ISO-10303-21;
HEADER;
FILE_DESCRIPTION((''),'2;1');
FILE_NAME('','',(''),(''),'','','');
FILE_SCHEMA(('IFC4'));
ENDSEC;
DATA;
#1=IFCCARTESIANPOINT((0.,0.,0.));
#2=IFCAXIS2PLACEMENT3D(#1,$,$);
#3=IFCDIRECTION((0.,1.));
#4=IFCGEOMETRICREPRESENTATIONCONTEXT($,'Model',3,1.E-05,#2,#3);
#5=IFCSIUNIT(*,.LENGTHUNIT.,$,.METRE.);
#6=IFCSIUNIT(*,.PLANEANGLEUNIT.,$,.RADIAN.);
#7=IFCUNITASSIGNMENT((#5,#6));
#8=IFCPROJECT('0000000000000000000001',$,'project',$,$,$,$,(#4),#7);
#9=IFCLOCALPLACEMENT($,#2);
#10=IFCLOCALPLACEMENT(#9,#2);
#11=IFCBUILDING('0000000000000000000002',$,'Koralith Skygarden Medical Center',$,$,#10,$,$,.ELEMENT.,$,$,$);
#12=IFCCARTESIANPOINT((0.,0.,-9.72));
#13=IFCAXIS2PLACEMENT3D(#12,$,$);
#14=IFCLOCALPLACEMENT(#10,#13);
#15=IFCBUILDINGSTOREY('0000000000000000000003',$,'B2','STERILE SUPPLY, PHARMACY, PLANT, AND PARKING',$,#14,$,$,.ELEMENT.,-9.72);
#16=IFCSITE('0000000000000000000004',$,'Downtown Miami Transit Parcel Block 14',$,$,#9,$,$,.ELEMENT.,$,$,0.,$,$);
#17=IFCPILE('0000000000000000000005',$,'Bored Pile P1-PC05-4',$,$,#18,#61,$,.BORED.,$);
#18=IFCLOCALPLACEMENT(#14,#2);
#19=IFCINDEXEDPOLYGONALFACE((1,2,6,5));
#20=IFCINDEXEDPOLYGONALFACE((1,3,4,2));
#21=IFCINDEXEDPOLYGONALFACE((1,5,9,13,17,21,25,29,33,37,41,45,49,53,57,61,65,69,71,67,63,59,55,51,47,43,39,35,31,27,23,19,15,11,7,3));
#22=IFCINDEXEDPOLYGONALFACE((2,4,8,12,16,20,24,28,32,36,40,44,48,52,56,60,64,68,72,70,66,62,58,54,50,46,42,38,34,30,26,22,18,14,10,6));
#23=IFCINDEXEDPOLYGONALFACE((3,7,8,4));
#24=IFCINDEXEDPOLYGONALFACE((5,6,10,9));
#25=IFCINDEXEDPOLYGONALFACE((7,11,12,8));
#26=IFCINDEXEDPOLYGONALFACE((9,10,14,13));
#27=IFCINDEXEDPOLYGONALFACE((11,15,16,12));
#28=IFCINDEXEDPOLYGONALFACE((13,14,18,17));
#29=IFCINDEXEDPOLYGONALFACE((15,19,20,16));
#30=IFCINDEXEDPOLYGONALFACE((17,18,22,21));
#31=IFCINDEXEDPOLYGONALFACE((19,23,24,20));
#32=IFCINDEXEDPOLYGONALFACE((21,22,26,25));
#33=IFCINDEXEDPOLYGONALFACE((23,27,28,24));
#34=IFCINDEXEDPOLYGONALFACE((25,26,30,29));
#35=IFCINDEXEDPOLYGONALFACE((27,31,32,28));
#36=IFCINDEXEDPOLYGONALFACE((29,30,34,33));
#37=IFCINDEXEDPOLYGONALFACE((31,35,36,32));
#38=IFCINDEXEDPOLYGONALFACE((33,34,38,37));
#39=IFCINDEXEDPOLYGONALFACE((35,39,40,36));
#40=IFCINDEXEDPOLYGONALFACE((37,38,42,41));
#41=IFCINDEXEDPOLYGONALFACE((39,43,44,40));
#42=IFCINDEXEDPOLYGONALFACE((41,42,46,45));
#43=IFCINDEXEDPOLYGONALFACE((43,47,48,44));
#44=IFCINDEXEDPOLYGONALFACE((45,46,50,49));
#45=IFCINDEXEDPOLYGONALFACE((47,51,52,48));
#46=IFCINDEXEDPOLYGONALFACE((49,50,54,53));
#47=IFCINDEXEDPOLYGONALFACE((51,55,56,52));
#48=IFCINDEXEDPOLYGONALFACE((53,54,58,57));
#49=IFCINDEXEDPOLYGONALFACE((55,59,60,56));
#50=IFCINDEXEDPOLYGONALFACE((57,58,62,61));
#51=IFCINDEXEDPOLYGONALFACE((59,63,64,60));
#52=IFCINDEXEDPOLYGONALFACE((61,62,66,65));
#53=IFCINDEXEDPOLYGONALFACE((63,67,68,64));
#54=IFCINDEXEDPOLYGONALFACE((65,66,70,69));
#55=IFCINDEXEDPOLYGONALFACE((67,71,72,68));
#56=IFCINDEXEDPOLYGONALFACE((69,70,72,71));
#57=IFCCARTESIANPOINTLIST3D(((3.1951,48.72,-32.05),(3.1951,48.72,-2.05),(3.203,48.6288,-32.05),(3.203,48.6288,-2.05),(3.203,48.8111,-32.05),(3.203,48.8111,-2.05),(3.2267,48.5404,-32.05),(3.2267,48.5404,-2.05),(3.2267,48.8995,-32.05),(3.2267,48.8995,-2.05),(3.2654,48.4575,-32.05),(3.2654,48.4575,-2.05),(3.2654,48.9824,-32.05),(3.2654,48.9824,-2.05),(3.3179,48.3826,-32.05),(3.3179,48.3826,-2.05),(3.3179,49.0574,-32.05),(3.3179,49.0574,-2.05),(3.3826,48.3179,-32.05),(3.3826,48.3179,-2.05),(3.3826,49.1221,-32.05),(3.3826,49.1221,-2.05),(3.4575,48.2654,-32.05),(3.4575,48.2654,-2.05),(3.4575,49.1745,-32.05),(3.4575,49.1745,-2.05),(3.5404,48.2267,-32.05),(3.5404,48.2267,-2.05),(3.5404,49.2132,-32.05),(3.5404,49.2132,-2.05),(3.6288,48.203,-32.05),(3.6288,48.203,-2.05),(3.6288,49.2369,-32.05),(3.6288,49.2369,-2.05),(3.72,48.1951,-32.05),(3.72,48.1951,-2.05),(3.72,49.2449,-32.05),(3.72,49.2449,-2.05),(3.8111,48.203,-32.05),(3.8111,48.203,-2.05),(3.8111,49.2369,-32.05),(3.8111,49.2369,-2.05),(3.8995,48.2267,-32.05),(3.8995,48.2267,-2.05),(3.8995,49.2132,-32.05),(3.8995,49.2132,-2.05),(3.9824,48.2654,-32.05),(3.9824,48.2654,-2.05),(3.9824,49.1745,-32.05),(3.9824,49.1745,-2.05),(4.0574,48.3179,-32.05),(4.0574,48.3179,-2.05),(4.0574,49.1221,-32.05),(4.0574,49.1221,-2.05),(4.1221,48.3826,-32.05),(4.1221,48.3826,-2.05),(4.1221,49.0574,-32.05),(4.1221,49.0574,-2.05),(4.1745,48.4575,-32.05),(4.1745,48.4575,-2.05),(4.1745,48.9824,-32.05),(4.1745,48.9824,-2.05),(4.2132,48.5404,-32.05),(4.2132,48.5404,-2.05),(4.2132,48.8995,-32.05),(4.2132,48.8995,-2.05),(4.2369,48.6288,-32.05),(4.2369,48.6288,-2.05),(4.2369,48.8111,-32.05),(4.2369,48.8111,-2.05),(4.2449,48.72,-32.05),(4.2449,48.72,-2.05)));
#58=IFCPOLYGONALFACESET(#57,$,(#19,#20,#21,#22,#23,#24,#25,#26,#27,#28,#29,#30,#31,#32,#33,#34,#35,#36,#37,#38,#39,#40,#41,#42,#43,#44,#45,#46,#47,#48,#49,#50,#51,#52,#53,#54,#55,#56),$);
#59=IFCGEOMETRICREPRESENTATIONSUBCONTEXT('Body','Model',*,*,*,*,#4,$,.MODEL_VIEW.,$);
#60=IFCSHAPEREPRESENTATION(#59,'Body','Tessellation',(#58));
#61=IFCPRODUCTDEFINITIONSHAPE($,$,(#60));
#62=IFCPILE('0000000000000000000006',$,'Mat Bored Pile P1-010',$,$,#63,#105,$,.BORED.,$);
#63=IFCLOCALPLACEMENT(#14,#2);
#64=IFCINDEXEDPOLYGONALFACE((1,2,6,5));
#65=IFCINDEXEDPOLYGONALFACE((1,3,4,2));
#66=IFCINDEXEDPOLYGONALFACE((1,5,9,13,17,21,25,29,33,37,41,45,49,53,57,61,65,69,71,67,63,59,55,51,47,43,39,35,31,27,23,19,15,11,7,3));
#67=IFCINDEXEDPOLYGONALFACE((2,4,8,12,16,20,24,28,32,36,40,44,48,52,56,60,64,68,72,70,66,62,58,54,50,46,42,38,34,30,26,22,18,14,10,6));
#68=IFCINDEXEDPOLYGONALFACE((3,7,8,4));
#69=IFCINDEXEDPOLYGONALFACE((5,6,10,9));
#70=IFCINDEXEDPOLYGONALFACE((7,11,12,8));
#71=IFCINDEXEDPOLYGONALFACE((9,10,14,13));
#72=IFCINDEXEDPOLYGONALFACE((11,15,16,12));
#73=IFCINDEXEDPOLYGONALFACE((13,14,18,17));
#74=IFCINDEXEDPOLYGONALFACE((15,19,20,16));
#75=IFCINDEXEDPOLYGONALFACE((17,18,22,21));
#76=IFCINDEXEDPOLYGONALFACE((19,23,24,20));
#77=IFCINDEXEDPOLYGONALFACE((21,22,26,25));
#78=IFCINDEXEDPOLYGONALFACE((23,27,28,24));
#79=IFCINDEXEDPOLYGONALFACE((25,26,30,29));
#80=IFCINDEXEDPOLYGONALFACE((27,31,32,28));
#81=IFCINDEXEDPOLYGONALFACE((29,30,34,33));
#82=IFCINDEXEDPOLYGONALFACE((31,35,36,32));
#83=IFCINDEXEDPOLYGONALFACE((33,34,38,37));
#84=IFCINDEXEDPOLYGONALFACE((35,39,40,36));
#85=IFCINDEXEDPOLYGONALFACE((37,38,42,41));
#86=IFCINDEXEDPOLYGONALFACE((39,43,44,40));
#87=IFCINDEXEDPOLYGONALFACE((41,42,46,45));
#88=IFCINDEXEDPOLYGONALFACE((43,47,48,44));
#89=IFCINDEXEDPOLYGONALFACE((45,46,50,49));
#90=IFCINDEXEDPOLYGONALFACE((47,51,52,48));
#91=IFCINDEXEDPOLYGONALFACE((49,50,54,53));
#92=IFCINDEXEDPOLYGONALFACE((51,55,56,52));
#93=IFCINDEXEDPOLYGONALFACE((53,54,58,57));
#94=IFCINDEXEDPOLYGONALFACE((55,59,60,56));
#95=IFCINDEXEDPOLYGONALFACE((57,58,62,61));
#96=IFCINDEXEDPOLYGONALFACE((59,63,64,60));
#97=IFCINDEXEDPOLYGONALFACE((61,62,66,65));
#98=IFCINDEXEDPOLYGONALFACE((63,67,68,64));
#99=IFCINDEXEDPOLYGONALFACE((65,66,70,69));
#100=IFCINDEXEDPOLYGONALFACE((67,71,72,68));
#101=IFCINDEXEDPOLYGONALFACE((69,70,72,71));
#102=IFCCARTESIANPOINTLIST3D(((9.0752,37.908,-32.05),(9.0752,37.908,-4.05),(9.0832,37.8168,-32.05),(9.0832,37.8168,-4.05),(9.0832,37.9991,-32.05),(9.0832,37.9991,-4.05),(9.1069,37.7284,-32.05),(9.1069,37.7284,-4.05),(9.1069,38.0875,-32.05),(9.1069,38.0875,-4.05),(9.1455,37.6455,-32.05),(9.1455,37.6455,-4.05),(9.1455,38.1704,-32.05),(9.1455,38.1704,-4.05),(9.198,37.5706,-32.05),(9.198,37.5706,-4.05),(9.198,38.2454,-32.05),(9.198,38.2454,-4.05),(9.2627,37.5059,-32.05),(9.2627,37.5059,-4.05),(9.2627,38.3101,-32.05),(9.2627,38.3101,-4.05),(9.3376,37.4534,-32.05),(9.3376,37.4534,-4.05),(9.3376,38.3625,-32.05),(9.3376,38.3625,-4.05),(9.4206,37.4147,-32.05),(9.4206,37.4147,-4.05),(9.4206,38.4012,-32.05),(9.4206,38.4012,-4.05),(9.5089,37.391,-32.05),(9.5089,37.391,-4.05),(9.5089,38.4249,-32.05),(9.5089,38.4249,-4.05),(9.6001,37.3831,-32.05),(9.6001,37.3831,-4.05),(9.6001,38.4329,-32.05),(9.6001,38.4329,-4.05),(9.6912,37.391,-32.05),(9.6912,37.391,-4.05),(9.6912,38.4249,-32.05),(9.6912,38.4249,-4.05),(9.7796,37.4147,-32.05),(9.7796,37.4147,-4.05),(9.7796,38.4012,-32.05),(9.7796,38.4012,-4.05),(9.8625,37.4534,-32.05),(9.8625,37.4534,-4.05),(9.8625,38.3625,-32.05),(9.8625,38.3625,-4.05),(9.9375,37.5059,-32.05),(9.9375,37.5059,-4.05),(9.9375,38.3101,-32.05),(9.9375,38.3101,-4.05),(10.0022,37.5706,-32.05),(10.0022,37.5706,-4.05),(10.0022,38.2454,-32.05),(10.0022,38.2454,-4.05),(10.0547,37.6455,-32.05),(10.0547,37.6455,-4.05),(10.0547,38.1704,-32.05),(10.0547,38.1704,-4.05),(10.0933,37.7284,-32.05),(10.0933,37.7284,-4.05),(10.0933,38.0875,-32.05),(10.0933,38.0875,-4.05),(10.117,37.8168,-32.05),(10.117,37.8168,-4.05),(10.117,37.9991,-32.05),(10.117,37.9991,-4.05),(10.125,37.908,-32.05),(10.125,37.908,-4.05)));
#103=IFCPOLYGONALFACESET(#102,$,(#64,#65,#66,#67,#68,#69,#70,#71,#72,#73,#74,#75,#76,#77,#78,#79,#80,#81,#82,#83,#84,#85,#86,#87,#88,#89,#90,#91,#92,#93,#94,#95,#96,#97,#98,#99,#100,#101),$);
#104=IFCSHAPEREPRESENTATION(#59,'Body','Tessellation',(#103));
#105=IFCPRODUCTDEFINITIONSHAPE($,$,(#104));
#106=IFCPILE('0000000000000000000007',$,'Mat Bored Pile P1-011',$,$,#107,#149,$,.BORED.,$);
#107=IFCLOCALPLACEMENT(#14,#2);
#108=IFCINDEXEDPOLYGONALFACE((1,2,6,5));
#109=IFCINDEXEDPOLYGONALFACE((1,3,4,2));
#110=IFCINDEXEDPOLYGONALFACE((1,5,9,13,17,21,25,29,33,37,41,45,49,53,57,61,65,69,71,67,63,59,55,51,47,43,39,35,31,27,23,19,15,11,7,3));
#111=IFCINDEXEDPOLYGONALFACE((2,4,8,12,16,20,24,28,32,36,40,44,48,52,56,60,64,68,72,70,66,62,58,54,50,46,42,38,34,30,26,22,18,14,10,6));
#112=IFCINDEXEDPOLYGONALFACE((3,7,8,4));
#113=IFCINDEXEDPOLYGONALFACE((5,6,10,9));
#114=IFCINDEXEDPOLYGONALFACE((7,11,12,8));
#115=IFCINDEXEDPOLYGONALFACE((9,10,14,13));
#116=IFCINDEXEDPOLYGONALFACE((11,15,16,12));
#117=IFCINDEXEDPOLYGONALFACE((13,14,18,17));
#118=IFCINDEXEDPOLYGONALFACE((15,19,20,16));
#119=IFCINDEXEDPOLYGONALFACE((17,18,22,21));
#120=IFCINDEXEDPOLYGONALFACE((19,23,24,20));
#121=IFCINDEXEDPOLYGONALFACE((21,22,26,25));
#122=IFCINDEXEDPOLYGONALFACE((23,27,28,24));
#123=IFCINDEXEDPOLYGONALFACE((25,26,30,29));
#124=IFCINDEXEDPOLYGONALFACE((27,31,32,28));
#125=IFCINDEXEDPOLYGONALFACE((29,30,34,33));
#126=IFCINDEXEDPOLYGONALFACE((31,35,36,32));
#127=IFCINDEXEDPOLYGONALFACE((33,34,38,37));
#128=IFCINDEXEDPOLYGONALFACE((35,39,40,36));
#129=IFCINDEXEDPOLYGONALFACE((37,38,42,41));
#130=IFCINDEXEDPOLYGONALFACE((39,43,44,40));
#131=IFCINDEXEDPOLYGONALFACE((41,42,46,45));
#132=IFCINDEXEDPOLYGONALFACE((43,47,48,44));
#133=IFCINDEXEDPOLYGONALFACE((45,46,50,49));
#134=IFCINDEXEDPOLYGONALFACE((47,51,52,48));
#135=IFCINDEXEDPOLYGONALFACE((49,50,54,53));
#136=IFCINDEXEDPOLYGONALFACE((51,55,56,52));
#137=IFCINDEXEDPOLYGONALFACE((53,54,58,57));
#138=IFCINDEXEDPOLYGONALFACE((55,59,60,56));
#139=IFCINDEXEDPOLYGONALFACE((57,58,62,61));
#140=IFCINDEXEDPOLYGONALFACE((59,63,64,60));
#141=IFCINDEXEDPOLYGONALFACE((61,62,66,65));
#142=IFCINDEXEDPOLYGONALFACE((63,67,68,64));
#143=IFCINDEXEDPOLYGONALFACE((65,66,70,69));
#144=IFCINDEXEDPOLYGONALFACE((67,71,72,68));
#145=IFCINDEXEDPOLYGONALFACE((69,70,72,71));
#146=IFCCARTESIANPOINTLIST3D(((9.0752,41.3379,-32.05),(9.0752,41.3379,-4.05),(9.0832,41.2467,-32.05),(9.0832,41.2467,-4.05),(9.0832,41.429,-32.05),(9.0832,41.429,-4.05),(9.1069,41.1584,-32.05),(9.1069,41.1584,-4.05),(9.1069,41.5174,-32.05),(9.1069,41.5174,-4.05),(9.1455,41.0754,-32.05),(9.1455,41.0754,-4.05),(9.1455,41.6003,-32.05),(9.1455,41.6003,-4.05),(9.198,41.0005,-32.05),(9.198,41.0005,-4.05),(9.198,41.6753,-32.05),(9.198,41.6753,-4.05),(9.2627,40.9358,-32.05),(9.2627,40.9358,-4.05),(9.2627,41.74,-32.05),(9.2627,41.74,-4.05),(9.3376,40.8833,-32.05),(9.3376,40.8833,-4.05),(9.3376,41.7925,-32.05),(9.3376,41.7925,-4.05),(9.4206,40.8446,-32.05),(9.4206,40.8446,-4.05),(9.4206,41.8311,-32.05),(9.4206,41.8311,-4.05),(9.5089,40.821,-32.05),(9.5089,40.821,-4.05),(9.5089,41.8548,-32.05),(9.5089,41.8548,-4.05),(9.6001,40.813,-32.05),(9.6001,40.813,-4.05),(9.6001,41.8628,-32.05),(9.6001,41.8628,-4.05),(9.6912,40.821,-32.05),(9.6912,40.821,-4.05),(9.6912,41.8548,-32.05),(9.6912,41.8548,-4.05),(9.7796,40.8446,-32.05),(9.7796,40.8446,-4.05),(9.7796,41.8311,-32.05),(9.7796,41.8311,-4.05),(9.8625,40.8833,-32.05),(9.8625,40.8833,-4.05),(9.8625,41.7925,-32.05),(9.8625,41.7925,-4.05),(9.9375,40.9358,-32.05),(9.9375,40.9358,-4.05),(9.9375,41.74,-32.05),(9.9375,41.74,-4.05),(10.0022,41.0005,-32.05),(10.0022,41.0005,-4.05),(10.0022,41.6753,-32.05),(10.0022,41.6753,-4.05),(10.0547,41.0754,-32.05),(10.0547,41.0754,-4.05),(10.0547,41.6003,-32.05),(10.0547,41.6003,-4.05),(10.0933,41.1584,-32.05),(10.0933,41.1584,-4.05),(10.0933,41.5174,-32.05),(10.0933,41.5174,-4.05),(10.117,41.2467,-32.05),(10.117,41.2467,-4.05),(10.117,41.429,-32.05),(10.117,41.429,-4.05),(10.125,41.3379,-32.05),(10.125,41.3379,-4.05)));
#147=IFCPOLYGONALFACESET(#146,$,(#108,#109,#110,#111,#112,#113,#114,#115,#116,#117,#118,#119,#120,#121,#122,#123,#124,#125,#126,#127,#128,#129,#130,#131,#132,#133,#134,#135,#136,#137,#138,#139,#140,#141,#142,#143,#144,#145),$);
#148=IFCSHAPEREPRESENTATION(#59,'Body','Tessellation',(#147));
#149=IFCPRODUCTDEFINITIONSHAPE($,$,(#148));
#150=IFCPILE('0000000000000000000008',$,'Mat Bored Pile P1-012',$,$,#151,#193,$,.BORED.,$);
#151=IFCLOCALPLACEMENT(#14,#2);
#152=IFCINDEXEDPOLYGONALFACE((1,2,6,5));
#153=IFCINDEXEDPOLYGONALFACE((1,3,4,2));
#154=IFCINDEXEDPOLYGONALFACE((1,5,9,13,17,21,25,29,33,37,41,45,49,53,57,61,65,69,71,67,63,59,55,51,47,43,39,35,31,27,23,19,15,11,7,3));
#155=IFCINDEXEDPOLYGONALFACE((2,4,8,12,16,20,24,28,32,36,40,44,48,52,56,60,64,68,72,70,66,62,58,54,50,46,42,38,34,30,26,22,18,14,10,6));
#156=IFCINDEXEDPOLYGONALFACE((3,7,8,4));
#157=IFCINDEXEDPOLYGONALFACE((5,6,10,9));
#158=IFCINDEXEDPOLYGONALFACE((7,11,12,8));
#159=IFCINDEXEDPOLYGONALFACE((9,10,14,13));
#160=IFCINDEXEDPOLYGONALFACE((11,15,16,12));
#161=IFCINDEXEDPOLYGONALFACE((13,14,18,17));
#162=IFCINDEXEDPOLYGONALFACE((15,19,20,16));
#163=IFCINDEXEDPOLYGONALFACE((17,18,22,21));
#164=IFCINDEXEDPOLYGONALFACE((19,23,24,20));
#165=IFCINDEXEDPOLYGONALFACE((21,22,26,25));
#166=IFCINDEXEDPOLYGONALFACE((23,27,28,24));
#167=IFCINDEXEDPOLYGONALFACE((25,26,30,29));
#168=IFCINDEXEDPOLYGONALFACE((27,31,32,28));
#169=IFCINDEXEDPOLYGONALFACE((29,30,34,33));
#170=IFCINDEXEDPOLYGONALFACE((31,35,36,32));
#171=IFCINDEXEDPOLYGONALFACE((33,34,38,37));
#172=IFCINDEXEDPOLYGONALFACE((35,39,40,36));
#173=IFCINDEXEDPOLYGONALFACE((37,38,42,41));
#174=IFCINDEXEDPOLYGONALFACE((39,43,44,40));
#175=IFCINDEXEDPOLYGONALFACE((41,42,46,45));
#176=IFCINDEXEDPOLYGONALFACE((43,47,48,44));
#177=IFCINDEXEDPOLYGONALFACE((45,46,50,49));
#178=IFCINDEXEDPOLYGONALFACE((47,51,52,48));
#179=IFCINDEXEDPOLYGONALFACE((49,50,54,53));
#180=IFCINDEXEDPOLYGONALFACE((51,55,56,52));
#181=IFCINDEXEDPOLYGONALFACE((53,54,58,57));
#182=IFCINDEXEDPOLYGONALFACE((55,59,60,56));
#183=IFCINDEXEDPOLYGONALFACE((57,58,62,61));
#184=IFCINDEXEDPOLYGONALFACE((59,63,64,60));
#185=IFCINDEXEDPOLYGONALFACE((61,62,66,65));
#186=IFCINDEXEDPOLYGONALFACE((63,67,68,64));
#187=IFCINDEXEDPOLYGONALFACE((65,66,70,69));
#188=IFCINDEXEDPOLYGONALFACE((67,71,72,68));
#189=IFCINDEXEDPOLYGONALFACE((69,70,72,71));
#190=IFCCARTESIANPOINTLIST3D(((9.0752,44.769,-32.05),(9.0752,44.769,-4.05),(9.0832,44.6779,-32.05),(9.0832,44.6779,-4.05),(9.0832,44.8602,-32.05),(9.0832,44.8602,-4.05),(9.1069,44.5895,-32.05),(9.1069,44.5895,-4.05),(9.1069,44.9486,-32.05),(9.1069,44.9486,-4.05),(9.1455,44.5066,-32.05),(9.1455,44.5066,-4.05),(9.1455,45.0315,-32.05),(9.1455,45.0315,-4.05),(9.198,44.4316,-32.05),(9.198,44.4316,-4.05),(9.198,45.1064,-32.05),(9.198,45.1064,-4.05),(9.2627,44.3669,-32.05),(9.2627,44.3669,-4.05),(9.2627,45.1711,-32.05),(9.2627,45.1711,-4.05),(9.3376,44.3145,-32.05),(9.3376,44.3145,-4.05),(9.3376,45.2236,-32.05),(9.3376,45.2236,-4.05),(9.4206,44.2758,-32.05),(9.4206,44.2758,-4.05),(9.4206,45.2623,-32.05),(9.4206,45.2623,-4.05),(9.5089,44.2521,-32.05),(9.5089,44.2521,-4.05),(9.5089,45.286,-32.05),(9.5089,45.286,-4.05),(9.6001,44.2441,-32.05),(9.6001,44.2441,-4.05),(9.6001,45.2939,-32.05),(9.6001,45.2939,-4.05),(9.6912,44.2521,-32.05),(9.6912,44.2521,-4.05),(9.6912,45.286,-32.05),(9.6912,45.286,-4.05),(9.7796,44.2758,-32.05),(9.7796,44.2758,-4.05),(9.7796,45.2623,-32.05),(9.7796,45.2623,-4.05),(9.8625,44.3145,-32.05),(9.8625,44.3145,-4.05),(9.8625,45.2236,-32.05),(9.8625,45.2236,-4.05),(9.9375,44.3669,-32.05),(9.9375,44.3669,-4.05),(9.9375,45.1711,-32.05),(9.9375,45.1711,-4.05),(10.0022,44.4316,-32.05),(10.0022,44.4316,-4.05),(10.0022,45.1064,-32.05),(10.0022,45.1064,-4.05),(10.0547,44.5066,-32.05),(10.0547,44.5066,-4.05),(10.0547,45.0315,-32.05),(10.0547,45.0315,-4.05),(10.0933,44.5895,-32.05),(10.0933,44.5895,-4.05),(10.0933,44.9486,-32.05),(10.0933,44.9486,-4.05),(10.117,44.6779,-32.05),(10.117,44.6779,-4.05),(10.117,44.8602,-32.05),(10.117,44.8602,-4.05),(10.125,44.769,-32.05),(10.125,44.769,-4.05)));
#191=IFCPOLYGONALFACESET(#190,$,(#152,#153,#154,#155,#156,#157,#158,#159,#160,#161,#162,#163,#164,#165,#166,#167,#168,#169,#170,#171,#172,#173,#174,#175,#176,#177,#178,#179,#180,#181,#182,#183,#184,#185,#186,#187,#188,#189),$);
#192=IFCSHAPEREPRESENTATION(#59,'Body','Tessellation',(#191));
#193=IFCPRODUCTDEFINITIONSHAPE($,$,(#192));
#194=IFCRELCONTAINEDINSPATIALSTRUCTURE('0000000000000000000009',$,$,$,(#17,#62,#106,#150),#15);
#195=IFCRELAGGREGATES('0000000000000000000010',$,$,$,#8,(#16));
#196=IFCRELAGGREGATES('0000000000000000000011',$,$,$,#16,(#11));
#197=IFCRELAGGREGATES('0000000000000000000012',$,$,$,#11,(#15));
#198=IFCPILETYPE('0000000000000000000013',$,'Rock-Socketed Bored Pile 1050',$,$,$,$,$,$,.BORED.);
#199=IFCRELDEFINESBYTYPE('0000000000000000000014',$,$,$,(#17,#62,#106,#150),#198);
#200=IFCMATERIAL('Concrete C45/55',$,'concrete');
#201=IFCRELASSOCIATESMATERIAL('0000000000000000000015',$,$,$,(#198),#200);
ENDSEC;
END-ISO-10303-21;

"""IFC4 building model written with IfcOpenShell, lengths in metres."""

from ifc_helpers import new_model, si_unit, direction, frame, origin, origin_2d, place, context, subcontext, project, spatial, circle, extrude, material, material_profile, profile_set, type_object, element, save


model = new_model("IFC4")

# Units and contexts
model_context = context("Model", 3, precision=1e-05, world=origin(), true_north=direction((0.0, 1.0)))
body_context = subcontext(model_context, "Body", "Model", "MODEL_VIEW")
ifc_project = project(units=[si_unit("LENGTHUNIT", "METRE"), si_unit("PLANEANGLEUNIT", "RADIAN")], contexts=[model_context])

# Site, building, storey
site_placement = place(None, origin())
site = spatial("IfcSite", under=ifc_project, at=site_placement, Name="Downtown Miami Transit Parcel Block 14", CompositionType="ELEMENT", RefElevation=0.0)
building_placement = place(site_placement, origin())
building = spatial("IfcBuilding", under=site, at=building_placement, Name="Koralith Skygarden Medical Center", CompositionType="ELEMENT")
storey_placement = place(building_placement, frame((0.0, 0.0, -9.72)))
storey = spatial("IfcBuildingStorey", under=building, at=storey_placement, Name="B2", Description="STERILE SUPPLY, PHARMACY, PLANT, AND PARKING", CompositionType="ELEMENT", Elevation=-9.72)

# Piles
ifc_material_1 = material(Name="Concrete C45/55", Category="concrete")
ifc_material_profile_1 = material_profile(ifc_material_1, circle(Radius=0.5249, at=origin_2d()), Name="PILE1050")
ifc_profile_set_1 = profile_set([ifc_material_profile_1], Name="Concrete C45/55")
pile_type = type_object("IfcPileType", Name="Rock-Socketed Bored Pile 1050", PredefinedType="BORED", material=ifc_profile_set_1)
for number, where, z_axis, x_axis, name in (
    (1, (3.72, 48.72, -2.05), (0.0, 0.0, -1.0), (1.0, 0.0, 0.0), "Bored Pile P1-PC05-4"),
):
    element("IfcPile", number, at=place(storey_placement, frame(where, z_axis=z_axis, x_axis=x_axis)), inside=storey, type_object=pile_type, Name=name, PredefinedType="BORED", context=body_context, shape_type="SweptSolid", body=[
        extrude(circle(Radius=0.5249, at=origin_2d()), origin(), (0.0, 0.0, 1.0), 30.0),
    ])
for number, where, z_axis, x_axis, name in (
    (2, (9.6001, 37.908, -4.05), (0.0, 0.0, -1.0), (1.0, 0.0, 0.0), "Mat Bored Pile P1-010"),
    (3, (9.6001, 41.3379, -4.05), (0.0, 0.0, -1.0), (1.0, 0.0, 0.0), "Mat Bored Pile P1-011"),
    (4, (9.6001, 44.769, -4.05), (0.0, 0.0, -1.0), (1.0, 0.0, 0.0), "Mat Bored Pile P1-012"),
):
    element("IfcPile", number, at=place(storey_placement, frame(where, z_axis=z_axis, x_axis=x_axis)), inside=storey, type_object=pile_type, Name=name, PredefinedType="BORED", context=body_context, shape_type="SweptSolid", body=[
        extrude(circle(Radius=0.5249, at=origin_2d()), origin(), (0.0, 0.0, 1.0), 28.0),
    ])

save(model, "model.ifc")
